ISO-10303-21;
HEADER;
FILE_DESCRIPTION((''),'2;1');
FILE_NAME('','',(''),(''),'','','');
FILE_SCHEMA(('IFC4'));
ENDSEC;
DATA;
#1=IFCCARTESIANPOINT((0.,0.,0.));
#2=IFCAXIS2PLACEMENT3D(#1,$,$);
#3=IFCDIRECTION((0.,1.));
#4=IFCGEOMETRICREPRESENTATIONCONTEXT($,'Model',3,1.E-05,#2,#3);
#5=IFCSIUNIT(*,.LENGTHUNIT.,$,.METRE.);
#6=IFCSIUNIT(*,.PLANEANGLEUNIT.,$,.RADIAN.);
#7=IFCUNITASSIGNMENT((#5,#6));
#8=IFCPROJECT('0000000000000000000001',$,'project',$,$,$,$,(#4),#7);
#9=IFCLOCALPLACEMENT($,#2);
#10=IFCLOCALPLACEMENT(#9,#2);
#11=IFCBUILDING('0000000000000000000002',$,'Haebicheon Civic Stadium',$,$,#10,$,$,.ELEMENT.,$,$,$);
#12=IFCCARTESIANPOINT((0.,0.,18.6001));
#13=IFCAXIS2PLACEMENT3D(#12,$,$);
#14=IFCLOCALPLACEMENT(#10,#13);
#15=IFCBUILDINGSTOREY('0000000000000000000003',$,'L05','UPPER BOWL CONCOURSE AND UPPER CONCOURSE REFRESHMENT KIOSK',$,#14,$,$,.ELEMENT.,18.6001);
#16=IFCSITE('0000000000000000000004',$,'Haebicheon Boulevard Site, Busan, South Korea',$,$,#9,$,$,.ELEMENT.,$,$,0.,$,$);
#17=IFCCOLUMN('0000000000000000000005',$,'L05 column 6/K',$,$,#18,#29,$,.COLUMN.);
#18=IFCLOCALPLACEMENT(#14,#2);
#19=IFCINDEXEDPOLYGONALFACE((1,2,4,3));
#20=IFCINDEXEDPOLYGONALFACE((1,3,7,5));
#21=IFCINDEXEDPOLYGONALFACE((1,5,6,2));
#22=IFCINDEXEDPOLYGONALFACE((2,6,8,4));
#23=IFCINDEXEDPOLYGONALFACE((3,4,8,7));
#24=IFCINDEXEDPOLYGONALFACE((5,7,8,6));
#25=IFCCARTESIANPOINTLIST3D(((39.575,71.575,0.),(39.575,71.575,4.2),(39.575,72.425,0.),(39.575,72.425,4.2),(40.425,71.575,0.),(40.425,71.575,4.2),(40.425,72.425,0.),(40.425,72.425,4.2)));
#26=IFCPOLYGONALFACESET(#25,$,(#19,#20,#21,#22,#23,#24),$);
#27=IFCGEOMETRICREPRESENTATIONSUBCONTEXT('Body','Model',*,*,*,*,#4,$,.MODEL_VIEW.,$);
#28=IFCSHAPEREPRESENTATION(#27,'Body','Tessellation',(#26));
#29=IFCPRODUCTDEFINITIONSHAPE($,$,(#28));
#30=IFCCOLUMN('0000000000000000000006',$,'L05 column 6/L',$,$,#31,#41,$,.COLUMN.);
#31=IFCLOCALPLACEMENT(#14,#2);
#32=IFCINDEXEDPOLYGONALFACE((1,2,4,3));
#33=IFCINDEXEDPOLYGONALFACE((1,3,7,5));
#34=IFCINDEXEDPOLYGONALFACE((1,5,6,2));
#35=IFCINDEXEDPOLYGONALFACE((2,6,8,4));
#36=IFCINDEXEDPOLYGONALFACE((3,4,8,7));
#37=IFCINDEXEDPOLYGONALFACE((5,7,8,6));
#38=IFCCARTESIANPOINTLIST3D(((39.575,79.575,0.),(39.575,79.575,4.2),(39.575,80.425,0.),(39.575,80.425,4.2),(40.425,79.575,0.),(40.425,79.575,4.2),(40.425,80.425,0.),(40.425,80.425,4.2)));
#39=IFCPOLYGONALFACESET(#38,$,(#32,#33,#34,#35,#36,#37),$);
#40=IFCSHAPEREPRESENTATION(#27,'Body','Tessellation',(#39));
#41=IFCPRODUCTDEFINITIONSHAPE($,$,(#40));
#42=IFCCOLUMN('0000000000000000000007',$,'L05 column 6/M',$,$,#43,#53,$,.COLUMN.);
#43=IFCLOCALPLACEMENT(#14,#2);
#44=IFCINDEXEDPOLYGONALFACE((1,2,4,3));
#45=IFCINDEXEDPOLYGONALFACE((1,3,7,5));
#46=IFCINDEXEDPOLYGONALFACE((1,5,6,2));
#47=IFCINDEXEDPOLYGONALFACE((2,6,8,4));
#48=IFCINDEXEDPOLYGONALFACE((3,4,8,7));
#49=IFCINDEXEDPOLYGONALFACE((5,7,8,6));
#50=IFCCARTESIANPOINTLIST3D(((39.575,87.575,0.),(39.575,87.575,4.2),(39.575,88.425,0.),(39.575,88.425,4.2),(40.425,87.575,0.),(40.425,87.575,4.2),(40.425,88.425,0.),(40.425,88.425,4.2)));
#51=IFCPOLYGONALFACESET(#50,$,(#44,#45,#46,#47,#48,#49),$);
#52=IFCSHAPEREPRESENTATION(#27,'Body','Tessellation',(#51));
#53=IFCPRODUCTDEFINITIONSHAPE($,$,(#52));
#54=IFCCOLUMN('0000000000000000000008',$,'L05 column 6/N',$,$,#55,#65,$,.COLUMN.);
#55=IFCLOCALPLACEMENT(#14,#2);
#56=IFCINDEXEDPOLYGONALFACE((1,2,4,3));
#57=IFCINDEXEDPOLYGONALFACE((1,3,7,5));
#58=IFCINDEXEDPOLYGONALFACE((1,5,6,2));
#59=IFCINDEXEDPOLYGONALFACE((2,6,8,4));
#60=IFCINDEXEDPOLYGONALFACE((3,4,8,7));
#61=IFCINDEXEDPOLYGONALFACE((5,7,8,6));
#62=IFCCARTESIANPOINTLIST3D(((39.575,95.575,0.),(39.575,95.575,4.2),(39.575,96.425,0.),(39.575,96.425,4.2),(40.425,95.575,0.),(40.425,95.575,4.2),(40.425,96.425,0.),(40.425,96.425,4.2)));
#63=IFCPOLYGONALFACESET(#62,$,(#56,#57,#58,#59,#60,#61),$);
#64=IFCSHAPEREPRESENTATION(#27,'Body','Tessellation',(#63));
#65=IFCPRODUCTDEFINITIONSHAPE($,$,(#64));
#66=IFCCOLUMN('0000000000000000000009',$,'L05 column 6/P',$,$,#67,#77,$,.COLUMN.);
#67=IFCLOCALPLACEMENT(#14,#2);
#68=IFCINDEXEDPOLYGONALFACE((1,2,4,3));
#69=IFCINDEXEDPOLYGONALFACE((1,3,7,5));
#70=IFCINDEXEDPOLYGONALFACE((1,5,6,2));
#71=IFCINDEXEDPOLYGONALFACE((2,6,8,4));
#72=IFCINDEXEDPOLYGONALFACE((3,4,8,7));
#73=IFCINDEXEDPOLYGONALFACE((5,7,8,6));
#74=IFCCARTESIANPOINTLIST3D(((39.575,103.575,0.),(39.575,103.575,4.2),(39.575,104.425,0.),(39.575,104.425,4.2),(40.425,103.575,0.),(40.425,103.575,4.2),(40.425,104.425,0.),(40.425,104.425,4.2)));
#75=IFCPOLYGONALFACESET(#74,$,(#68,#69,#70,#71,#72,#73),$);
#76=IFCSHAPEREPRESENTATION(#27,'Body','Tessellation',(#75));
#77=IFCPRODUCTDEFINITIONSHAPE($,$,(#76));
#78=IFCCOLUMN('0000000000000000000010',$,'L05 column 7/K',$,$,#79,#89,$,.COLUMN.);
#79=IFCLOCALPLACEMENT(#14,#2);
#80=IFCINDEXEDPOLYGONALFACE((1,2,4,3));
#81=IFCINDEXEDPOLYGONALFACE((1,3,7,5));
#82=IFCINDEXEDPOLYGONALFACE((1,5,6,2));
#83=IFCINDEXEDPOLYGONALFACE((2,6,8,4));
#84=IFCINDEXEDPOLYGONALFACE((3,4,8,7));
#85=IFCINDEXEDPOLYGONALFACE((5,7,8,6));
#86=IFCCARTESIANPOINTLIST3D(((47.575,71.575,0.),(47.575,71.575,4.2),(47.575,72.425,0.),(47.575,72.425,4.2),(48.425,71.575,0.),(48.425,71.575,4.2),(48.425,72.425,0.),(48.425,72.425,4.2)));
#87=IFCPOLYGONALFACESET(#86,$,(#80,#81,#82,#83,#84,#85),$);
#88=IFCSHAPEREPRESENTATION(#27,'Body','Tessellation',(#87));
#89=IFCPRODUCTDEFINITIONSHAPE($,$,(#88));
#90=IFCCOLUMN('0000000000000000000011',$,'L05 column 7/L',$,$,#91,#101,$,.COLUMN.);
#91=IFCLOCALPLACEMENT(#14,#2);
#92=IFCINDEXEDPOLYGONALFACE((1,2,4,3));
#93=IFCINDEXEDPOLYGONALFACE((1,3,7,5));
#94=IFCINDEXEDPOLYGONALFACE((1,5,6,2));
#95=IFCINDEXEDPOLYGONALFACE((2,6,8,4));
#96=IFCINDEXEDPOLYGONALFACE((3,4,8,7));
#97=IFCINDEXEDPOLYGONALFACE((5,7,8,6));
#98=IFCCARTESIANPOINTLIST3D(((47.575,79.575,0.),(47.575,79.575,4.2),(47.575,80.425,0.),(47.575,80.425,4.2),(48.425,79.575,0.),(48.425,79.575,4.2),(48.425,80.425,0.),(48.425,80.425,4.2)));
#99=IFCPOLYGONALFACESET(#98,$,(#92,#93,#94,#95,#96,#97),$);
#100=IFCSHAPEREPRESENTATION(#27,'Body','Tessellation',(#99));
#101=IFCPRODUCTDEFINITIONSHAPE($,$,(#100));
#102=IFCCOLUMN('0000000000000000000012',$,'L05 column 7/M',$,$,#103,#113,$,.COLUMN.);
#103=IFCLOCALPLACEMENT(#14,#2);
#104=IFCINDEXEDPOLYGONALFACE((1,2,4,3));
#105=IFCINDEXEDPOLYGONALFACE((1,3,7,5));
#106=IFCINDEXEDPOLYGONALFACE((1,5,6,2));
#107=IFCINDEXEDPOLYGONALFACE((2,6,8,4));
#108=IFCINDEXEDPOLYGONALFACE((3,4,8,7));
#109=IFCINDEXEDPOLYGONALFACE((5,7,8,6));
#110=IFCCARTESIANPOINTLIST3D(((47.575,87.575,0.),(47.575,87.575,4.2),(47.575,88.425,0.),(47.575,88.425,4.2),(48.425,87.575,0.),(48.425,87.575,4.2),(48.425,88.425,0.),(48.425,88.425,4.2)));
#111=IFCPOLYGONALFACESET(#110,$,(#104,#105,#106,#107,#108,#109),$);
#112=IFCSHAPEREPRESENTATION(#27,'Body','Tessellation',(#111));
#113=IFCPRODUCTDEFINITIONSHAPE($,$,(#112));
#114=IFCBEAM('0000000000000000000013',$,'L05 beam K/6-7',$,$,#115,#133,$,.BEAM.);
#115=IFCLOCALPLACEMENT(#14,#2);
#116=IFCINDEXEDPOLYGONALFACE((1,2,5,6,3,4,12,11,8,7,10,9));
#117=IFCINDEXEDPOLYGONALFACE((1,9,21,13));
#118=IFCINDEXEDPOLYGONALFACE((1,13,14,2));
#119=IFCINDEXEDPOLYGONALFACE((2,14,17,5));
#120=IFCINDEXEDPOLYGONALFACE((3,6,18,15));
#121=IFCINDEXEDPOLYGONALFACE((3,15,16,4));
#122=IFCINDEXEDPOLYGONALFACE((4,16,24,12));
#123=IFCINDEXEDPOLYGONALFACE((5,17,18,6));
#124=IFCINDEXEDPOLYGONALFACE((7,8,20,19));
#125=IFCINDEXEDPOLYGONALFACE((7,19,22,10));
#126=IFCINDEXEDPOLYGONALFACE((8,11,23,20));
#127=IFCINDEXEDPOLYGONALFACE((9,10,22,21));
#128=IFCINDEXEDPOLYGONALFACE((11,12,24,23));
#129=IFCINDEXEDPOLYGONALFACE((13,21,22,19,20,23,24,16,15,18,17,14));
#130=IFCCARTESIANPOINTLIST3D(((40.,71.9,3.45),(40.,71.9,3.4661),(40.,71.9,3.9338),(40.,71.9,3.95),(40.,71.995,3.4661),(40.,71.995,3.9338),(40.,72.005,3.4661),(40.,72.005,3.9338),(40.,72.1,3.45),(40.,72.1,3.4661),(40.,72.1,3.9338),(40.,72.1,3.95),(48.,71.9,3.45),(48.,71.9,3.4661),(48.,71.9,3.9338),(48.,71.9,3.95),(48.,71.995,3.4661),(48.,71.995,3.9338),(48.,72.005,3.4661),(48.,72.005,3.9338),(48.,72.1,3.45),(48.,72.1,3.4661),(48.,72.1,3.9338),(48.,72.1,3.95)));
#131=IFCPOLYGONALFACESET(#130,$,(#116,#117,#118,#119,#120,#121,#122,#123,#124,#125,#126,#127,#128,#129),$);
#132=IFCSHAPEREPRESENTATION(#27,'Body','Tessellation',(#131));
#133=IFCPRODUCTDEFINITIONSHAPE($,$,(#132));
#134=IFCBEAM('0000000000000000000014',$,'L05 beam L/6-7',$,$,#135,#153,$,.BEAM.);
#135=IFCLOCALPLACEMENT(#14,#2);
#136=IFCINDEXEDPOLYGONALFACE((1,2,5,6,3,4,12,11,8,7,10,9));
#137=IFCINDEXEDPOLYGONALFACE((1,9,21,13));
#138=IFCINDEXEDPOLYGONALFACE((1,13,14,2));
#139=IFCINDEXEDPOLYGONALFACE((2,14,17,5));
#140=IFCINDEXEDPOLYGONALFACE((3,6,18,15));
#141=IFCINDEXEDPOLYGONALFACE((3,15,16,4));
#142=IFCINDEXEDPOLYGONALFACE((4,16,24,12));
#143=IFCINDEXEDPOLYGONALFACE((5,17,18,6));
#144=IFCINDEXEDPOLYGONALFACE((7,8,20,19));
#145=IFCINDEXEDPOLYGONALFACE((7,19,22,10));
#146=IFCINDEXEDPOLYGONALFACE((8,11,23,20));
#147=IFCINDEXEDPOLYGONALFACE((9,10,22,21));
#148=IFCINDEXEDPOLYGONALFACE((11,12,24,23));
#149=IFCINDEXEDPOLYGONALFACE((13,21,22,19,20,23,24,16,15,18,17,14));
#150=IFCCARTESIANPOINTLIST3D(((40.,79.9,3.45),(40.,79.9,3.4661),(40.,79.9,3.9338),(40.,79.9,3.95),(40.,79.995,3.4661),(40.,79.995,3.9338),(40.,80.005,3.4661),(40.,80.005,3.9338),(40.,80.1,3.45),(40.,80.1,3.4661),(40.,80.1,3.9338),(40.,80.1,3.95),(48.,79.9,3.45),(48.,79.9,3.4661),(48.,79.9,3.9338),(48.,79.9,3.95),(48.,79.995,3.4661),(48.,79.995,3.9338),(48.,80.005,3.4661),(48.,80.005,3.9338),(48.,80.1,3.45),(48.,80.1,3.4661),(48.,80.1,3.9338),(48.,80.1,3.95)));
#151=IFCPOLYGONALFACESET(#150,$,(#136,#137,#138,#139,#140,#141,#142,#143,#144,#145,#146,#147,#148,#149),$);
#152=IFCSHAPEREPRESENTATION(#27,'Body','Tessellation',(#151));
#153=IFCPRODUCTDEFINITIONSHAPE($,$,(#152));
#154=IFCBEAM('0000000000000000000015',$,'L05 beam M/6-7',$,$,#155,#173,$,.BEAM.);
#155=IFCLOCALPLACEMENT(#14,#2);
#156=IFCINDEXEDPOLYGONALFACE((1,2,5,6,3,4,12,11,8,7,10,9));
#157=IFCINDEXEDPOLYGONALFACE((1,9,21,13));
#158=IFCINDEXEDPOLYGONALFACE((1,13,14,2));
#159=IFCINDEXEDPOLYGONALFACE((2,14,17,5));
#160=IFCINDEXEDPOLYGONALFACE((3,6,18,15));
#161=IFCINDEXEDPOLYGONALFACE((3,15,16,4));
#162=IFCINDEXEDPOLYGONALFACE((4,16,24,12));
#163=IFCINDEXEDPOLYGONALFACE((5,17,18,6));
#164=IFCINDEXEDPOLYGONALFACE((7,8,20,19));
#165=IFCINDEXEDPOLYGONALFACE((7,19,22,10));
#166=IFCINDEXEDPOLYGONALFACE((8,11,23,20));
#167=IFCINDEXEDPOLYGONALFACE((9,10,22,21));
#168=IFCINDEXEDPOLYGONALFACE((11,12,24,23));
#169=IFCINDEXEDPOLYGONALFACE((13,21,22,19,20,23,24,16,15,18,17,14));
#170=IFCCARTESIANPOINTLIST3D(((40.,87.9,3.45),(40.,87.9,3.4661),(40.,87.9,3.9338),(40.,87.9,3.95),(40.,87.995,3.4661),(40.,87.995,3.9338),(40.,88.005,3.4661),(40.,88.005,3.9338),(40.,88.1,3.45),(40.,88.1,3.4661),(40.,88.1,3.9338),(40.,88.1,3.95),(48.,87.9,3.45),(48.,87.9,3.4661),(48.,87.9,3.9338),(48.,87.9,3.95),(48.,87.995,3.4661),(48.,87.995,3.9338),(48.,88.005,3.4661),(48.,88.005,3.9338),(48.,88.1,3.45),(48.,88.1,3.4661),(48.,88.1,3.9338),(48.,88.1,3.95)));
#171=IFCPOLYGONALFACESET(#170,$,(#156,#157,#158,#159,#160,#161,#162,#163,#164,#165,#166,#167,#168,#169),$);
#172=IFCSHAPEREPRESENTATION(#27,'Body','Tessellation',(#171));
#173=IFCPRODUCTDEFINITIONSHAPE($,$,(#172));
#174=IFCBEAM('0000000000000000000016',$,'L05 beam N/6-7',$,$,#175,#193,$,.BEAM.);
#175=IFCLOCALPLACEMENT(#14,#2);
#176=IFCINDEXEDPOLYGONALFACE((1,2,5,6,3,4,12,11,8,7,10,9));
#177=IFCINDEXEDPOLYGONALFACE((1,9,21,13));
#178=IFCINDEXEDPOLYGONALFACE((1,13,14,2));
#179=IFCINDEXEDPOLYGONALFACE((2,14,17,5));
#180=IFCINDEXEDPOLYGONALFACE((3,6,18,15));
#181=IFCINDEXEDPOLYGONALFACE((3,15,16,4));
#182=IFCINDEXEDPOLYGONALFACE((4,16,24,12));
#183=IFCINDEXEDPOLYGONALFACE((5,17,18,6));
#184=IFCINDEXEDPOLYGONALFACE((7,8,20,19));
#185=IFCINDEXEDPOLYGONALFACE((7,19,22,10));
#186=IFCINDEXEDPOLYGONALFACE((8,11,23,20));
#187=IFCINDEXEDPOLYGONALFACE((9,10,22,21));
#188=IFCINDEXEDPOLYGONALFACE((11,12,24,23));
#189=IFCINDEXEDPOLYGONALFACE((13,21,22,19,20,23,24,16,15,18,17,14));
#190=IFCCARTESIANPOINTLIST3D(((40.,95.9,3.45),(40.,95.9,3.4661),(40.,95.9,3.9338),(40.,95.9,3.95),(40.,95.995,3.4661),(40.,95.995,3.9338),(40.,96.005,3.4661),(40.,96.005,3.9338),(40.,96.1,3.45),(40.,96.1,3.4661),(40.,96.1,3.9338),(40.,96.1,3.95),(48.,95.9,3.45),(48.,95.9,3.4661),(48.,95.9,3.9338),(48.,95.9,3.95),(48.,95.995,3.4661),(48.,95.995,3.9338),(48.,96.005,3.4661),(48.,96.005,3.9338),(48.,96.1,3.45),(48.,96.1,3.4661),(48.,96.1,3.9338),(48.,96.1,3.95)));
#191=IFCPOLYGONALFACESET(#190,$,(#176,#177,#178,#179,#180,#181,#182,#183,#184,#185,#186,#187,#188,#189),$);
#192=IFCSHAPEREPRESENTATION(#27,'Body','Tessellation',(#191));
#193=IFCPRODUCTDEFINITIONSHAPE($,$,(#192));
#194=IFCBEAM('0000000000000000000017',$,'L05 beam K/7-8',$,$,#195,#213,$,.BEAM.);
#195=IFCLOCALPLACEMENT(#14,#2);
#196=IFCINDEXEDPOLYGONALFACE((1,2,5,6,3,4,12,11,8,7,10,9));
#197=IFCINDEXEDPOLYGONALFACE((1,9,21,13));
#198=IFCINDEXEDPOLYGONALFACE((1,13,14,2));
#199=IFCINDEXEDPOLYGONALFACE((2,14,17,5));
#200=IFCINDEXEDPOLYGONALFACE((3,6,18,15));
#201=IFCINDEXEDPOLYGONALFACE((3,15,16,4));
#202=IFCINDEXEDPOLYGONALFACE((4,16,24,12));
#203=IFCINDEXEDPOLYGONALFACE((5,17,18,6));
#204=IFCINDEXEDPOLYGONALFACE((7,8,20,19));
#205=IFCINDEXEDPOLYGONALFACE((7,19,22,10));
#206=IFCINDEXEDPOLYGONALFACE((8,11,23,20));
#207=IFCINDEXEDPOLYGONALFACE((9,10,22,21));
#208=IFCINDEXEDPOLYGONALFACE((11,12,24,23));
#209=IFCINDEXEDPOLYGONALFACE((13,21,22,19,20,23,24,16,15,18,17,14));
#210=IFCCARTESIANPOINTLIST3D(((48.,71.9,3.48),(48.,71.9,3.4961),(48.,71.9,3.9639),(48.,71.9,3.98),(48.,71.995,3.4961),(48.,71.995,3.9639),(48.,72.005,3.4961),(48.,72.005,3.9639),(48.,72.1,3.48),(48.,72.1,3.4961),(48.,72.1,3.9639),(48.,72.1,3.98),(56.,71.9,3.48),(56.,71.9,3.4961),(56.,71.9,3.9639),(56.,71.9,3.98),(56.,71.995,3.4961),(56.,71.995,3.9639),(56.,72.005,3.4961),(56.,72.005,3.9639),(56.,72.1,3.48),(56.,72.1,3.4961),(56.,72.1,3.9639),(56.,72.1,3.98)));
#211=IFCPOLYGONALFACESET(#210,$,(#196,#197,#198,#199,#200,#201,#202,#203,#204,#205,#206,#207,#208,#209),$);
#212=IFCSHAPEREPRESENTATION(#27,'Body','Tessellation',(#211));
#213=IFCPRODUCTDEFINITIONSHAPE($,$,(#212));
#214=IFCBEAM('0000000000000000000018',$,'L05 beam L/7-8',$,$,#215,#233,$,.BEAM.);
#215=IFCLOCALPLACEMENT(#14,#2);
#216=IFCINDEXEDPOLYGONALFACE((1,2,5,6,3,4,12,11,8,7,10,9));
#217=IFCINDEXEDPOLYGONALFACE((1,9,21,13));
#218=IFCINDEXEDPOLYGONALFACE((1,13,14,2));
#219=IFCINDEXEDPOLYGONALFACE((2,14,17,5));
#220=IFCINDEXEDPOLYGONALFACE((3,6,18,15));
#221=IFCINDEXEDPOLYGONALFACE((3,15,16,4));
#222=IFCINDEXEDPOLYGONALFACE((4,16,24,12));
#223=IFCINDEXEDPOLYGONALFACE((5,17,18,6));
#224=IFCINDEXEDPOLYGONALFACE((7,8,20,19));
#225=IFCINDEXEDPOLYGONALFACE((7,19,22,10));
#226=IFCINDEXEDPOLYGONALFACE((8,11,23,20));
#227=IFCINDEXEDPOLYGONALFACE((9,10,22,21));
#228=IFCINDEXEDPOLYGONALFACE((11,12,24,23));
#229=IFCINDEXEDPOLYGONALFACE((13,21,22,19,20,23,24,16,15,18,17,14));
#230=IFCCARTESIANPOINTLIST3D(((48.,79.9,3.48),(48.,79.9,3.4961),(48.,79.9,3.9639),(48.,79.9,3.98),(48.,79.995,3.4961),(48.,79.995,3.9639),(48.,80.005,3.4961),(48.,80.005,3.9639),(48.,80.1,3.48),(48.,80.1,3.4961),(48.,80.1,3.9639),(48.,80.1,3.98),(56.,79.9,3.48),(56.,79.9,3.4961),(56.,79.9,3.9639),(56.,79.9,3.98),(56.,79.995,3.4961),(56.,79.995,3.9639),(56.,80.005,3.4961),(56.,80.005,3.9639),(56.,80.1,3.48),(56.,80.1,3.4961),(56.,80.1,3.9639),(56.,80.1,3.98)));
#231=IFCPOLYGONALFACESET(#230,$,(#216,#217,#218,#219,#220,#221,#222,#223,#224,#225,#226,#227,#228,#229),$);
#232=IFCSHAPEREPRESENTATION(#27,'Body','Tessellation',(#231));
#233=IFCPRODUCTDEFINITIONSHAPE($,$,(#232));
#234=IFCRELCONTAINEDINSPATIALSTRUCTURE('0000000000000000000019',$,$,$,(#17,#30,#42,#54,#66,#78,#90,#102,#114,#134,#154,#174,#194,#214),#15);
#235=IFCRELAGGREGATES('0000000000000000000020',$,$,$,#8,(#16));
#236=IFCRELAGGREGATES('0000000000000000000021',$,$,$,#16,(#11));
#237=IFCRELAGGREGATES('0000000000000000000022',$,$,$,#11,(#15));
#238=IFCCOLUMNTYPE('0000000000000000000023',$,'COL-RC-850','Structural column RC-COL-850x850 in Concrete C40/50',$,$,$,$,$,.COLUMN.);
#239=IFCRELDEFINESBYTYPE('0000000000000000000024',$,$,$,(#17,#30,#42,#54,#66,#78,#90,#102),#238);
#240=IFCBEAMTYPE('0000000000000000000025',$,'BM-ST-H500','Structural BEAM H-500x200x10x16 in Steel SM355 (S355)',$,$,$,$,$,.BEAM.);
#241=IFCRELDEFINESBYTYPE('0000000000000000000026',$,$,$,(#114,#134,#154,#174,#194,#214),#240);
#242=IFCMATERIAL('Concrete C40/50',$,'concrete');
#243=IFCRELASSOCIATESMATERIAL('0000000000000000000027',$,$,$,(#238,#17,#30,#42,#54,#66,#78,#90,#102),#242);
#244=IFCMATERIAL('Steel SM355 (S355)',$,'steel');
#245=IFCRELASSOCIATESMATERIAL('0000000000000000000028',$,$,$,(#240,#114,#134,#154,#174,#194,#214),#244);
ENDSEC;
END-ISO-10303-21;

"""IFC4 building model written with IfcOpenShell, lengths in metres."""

from ifc_helpers import new_model, si_unit, direction, frame, origin, origin_2d, place, context, subcontext, project, spatial, rectangle, i_section, extrude, material, material_profile, profile_set, type_object, element, save


model = new_model("IFC4")

# Units and contexts
model_context = context("Model", 3, precision=1e-05, world=origin(), true_north=direction((0.0, 1.0)))
body_context = subcontext(model_context, "Body", "Model", "MODEL_VIEW")
ifc_project = project(units=[si_unit("LENGTHUNIT", "METRE"), si_unit("PLANEANGLEUNIT", "RADIAN")], contexts=[model_context])

# Site, building, storey
site_placement = place(None, origin())
site = spatial("IfcSite", under=ifc_project, at=site_placement, Name="Haebicheon Boulevard Site, Busan, South Korea", CompositionType="ELEMENT", RefElevation=0.0)
building_placement = place(site_placement, origin())
building = spatial("IfcBuilding", under=site, at=building_placement, Name="Haebicheon Civic Stadium", CompositionType="ELEMENT")
storey_placement = place(building_placement, frame((0.0, 0.0, 18.6001)))
storey = spatial("IfcBuildingStorey", under=building, at=storey_placement, Name="L05", Description="UPPER BOWL CONCOURSE AND UPPER CONCOURSE REFRESHMENT KIOSK", CompositionType="ELEMENT", Elevation=18.6001)

# Columns
ifc_material_1 = material(Name="Concrete C40/50", Category="concrete")
ifc_material_profile_1 = material_profile(ifc_material_1, rectangle(XDim=0.8501, YDim=0.8501, at=origin_2d()), Name="RC-COL-850x850")
ifc_profile_set_1 = profile_set([ifc_material_profile_1], Name="Concrete C40/50")
column_type = type_object("IfcColumnType", Name="COL-RC-850", Description="Structural column RC-COL-850x850 in Concrete C40/50", PredefinedType="COLUMN", material=ifc_profile_set_1)
for number, where, z_axis, x_axis, name in (
    (1, (40.0, 72.0, 0.0), (0.0, 0.0, 1.0), (1.0, 0.0, 0.0), "L05 column 6/K"),
    (2, (40.0, 80.0, 0.0), (0.0, 0.0, 1.0), (1.0, 0.0, 0.0), "L05 column 6/L"),
    (3, (40.0, 88.0, 0.0), (0.0, 0.0, 1.0), (1.0, 0.0, 0.0), "L05 column 6/M"),
    (4, (40.0, 96.0, 0.0), (0.0, 0.0, 1.0), (1.0, 0.0, 0.0), "L05 column 6/N"),
    (5, (40.0, 104.0, 0.0), (0.0, 0.0, 1.0), (1.0, 0.0, 0.0), "L05 column 6/P"),
    (6, (48.0, 72.0, 0.0), (0.0, 0.0, 1.0), (1.0, 0.0, 0.0), "L05 column 7/K"),
    (7, (48.0, 80.0, 0.0), (0.0, 0.0, 1.0), (1.0, 0.0, 0.0), "L05 column 7/L"),
    (8, (48.0, 88.0, 0.0), (0.0, 0.0, 1.0), (1.0, 0.0, 0.0), "L05 column 7/M"),
):
    element("IfcColumn", number, at=place(storey_placement, frame(where, z_axis=z_axis, x_axis=x_axis)), inside=storey, type_object=column_type, material=ifc_profile_set_1, Name=name, PredefinedType="COLUMN", context=body_context, shape_type="SweptSolid", body=[
        extrude(rectangle(XDim=0.8501, YDim=0.8501, at=origin_2d()), origin(), (0.0, 0.0, 1.0), 4.2),
    ])

# Beams
ifc_material_2 = material(Name="Steel SM355 (S355)", Category="steel")
ifc_material_profile_2 = material_profile(ifc_material_2, i_section(OverallWidth=0.2, OverallDepth=0.5, WebThickness=0.01, FlangeThickness=0.0161, at=origin_2d()), Name="H-500x200x10x16")
ifc_profile_set_2 = profile_set([ifc_material_profile_2], Name="Steel SM355 (S355)")
beam_type_1 = type_object("IfcBeamType", Name="BM-ST-H500", Description="Structural BEAM H-500x200x10x16 in Steel SM355 (S355)", PredefinedType="BEAM", material=ifc_profile_set_2)
for number, where, z_axis, x_axis, name in (
    (9, (40.0, 72.0, 3.7), (1.0, 0.0, 0.0), (0.0, 1.0, 0.0), "L05 beam K/6-7"),
    (10, (40.0, 80.0, 3.7), (1.0, 0.0, 0.0), (0.0, 1.0, 0.0), "L05 beam L/6-7"),
    (11, (40.0, 88.0, 3.7), (1.0, 0.0, 0.0), (0.0, 1.0, 0.0), "L05 beam M/6-7"),
    (12, (40.0, 96.0, 3.7), (1.0, 0.0, 0.0), (0.0, 1.0, 0.0), "L05 beam N/6-7"),
    (13, (48.0, 72.0, 3.73), (1.0, 0.0, 0.0), (0.0, 1.0, 0.0), "L05 beam K/7-8"),
    (14, (48.0, 80.0, 3.73), (1.0, 0.0, 0.0), (0.0, 1.0, 0.0), "L05 beam L/7-8"),
):
    element("IfcBeam", number, at=place(storey_placement, frame(where, z_axis=z_axis, x_axis=x_axis)), inside=storey, type_object=beam_type_1, material=ifc_profile_set_2, Name=name, PredefinedType="BEAM", context=body_context, shape_type="SweptSolid", body=[
        extrude(i_section(OverallWidth=0.2, OverallDepth=0.5, WebThickness=0.01, FlangeThickness=0.0161, at=origin_2d()), origin(), (0.0, 0.0, 1.0), 8.0),
    ])

save(model, "model.ifc")
